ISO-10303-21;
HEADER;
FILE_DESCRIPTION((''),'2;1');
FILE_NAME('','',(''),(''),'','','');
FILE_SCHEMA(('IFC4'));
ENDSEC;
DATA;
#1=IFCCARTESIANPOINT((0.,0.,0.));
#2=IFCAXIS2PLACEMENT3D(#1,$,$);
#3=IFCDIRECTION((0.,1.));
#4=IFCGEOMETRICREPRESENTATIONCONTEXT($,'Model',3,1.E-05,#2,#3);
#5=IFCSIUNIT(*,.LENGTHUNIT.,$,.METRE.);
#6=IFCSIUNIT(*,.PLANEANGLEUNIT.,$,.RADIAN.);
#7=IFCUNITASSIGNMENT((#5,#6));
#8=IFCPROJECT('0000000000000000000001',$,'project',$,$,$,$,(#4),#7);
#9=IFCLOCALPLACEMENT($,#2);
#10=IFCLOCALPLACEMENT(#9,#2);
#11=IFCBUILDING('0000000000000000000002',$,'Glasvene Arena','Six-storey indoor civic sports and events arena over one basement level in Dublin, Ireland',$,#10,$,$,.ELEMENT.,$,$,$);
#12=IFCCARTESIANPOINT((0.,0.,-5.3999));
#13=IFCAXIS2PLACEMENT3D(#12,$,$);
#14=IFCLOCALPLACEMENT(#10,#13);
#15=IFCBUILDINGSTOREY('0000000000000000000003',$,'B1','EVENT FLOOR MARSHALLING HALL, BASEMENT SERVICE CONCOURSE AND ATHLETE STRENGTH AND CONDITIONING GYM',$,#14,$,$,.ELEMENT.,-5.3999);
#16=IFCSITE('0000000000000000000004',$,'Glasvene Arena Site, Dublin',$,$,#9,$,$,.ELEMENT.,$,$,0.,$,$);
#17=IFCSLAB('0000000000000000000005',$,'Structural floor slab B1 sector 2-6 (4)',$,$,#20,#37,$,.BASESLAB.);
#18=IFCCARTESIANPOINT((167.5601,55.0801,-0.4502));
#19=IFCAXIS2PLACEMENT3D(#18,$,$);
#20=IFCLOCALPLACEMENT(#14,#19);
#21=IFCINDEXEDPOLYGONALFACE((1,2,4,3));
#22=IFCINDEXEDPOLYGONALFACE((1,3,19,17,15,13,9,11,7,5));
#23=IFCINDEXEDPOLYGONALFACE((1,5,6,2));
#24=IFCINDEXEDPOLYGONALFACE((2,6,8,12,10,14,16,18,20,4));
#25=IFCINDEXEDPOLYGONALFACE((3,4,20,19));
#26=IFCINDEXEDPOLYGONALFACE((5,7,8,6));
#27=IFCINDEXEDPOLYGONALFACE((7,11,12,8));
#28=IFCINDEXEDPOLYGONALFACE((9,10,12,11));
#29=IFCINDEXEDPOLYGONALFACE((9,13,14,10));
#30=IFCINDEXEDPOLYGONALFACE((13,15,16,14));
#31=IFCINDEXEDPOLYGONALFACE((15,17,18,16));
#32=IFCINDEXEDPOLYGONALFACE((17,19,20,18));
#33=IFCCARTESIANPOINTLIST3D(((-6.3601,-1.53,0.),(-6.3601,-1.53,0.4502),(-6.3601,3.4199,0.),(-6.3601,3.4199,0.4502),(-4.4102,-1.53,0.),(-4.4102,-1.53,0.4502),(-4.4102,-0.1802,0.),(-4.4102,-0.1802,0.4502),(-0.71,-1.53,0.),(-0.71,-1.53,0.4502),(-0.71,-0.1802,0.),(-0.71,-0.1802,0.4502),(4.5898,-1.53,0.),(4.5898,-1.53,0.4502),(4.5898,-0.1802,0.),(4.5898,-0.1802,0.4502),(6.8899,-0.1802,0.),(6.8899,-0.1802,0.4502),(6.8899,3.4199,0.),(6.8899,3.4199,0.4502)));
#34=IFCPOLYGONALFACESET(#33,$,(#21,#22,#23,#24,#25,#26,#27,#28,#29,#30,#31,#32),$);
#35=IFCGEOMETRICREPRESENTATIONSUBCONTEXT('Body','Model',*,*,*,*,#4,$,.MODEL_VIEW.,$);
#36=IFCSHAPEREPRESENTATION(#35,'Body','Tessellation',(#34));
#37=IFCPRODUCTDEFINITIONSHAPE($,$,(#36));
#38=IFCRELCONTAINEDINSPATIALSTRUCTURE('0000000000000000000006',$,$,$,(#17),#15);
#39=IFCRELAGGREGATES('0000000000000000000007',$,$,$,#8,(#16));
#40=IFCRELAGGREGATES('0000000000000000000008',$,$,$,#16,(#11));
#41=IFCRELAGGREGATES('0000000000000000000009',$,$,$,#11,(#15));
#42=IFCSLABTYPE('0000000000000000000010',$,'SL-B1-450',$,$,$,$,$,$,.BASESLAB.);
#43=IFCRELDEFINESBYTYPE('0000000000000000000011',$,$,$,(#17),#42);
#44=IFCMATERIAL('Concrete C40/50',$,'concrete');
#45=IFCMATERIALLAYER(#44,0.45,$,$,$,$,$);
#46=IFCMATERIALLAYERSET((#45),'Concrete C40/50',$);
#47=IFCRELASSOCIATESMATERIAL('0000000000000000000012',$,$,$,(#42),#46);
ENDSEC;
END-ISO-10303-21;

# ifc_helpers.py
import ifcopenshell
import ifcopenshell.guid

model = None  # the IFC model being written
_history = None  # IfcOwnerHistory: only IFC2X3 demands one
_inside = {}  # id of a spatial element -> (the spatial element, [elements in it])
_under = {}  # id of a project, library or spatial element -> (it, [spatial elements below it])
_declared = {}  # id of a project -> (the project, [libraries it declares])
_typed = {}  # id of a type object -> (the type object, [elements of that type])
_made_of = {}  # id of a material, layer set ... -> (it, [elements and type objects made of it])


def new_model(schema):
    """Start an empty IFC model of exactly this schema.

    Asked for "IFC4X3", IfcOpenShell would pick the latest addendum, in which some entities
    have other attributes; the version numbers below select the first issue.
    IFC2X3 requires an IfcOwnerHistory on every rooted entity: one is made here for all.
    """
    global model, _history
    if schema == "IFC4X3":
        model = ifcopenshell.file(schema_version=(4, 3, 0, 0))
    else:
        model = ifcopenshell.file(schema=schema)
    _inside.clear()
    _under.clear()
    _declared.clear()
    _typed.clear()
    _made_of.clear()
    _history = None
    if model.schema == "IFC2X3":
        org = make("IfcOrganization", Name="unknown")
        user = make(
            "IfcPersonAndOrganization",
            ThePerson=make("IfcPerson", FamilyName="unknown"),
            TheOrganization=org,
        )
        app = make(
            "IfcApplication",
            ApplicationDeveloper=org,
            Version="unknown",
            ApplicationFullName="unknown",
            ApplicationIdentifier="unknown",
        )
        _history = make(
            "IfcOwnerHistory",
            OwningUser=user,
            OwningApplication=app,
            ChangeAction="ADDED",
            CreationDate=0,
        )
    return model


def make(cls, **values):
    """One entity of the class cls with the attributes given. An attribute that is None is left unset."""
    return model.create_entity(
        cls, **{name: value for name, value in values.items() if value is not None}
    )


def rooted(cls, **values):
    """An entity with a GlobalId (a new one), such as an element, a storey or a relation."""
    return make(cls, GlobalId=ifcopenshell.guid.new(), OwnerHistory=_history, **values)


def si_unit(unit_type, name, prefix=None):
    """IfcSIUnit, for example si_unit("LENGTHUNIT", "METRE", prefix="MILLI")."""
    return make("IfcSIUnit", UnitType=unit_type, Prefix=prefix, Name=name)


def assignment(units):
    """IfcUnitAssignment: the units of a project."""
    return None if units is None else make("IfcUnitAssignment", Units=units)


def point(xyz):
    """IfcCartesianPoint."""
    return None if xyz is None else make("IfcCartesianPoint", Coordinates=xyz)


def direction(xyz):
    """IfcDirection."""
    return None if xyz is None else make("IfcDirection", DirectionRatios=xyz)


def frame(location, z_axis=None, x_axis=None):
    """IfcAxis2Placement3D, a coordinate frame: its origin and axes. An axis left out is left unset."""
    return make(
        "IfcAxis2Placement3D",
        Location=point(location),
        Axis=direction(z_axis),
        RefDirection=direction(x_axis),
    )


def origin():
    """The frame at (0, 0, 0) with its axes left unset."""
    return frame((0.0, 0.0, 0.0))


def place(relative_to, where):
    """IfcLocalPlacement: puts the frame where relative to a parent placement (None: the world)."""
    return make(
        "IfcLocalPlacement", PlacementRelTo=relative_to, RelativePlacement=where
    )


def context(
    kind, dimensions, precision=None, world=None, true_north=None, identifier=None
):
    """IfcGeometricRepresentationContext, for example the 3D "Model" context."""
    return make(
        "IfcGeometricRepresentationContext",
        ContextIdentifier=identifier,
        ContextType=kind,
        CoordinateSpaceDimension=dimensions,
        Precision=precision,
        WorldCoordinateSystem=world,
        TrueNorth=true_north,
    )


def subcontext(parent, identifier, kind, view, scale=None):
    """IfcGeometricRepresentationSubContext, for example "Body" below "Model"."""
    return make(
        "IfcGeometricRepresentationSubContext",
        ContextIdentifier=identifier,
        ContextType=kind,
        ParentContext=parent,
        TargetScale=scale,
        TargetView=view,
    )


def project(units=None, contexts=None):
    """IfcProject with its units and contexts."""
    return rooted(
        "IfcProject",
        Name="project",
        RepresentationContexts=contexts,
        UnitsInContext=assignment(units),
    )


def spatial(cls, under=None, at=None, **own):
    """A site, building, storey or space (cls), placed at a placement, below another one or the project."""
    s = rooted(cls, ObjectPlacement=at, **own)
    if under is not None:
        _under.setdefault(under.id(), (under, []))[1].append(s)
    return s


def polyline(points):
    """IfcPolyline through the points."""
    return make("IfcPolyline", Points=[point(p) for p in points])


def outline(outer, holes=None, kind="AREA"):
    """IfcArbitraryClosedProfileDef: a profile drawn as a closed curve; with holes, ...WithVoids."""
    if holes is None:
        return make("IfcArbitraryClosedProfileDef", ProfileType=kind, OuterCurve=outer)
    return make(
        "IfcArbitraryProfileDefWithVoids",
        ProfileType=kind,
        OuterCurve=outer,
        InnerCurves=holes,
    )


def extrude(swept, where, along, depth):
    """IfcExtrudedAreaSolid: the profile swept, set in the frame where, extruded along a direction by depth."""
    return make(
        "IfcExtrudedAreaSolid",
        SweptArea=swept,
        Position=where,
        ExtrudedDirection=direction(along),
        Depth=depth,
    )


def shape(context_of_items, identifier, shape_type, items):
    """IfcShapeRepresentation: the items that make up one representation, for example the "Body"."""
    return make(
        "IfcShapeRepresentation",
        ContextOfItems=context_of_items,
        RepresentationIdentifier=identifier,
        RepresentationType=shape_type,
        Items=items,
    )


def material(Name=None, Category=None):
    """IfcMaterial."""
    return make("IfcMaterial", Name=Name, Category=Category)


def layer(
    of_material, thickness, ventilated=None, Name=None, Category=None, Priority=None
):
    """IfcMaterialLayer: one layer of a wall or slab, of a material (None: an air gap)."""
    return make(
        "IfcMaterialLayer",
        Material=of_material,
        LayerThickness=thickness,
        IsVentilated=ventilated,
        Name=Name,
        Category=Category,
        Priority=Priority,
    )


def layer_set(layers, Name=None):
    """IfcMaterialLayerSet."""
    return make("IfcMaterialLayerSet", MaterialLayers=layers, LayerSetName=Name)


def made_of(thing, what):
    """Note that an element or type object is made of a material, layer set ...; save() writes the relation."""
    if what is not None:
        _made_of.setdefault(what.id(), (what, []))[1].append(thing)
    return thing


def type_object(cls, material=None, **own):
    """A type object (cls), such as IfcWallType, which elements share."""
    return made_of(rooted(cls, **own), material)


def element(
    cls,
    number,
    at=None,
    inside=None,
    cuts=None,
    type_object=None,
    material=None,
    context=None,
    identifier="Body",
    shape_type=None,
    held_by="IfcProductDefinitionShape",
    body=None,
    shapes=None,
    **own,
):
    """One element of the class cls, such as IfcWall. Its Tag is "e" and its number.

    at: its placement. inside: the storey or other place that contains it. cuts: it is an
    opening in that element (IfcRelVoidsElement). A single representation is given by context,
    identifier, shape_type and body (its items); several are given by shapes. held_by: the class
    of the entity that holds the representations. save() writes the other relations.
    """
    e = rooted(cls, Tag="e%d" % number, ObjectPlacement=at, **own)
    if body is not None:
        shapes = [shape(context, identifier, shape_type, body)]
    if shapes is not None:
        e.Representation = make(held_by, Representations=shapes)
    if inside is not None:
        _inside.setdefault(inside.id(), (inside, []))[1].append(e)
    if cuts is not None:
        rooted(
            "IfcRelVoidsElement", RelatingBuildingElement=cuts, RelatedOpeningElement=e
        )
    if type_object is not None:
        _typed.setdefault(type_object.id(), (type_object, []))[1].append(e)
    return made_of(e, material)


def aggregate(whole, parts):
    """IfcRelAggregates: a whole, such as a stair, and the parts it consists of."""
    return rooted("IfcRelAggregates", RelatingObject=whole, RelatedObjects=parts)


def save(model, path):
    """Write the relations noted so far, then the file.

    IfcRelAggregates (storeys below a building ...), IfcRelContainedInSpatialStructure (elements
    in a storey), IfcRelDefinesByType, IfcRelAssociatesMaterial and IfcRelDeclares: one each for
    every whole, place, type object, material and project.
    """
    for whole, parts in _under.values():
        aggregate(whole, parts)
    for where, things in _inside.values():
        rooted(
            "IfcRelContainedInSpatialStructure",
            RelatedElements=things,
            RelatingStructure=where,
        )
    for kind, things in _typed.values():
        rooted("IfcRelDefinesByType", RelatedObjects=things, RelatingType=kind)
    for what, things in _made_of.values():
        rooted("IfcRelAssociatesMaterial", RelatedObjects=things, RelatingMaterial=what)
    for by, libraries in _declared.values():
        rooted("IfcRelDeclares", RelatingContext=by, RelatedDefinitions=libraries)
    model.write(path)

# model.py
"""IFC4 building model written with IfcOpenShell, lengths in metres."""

from ifc_helpers import new_model, si_unit, direction, frame, origin, place, context, subcontext, project, spatial, polyline, outline, extrude, material, layer, layer_set, type_object, element, save


model = new_model("IFC4")

# Units and contexts
model_context = context("Model", 3, precision=1e-05, world=origin(), true_north=direction((0.0, 1.0)))
body_context = subcontext(model_context, "Body", "Model", "MODEL_VIEW")
ifc_project = project(units=[si_unit("LENGTHUNIT", "METRE"), si_unit("PLANEANGLEUNIT", "RADIAN")], contexts=[model_context])

# Site, building, storey
site_placement = place(None, origin())
site = spatial("IfcSite", under=ifc_project, at=site_placement, Name="Glasvene Arena Site, Dublin", CompositionType="ELEMENT", RefElevation=0.0)
building_placement = place(site_placement, origin())
building = spatial("IfcBuilding", under=site, at=building_placement, Name="Glasvene Arena", Description="Six-storey indoor civic sports and events arena over one basement level in Dublin, Ireland", CompositionType="ELEMENT")
storey_placement = place(building_placement, frame((0.0, 0.0, -5.3999)))
storey = spatial("IfcBuildingStorey", under=building, at=storey_placement, Name="B1", Description="EVENT FLOOR MARSHALLING HALL, BASEMENT SERVICE CONCOURSE AND ATHLETE STRENGTH AND CONDITIONING GYM", CompositionType="ELEMENT", Elevation=-5.3999)

# Shared definitions
ifc_material_1 = material(Name="Concrete C40/50", Category="concrete")

# Slab
ifc_layer_1 = layer(ifc_material_1, 0.45)
ifc_layer_set_1 = layer_set([ifc_layer_1], Name="Concrete C40/50")
slab_type = type_object("IfcSlabType", Name="SL-B1-450", PredefinedType="BASESLAB", material=ifc_layer_set_1)
slab_placement = place(storey_placement, frame((167.5601, 55.0801, -0.4502)))
element("IfcSlab", 1, at=slab_placement, inside=storey, type_object=slab_type, Name="Structural floor slab B1 sector 2-6 (4)", PredefinedType="BASESLAB", context=body_context, shape_type="SweptSolid", body=[
    extrude(outline(polyline([(6.8899, -0.1802), (4.5898, -0.1802), (4.5898, -1.53), (-0.71, -1.53), (-0.71, -0.1802), (-4.4102, -0.1802), (-4.4102, -1.53), (-6.3601, -1.53), (-6.3601, 3.4199), (6.8899, 3.4199), (6.8899, -0.1802)])), origin(), (0.0, 0.0, 1.0), 0.4502),
])

save(model, "model.ifc")
